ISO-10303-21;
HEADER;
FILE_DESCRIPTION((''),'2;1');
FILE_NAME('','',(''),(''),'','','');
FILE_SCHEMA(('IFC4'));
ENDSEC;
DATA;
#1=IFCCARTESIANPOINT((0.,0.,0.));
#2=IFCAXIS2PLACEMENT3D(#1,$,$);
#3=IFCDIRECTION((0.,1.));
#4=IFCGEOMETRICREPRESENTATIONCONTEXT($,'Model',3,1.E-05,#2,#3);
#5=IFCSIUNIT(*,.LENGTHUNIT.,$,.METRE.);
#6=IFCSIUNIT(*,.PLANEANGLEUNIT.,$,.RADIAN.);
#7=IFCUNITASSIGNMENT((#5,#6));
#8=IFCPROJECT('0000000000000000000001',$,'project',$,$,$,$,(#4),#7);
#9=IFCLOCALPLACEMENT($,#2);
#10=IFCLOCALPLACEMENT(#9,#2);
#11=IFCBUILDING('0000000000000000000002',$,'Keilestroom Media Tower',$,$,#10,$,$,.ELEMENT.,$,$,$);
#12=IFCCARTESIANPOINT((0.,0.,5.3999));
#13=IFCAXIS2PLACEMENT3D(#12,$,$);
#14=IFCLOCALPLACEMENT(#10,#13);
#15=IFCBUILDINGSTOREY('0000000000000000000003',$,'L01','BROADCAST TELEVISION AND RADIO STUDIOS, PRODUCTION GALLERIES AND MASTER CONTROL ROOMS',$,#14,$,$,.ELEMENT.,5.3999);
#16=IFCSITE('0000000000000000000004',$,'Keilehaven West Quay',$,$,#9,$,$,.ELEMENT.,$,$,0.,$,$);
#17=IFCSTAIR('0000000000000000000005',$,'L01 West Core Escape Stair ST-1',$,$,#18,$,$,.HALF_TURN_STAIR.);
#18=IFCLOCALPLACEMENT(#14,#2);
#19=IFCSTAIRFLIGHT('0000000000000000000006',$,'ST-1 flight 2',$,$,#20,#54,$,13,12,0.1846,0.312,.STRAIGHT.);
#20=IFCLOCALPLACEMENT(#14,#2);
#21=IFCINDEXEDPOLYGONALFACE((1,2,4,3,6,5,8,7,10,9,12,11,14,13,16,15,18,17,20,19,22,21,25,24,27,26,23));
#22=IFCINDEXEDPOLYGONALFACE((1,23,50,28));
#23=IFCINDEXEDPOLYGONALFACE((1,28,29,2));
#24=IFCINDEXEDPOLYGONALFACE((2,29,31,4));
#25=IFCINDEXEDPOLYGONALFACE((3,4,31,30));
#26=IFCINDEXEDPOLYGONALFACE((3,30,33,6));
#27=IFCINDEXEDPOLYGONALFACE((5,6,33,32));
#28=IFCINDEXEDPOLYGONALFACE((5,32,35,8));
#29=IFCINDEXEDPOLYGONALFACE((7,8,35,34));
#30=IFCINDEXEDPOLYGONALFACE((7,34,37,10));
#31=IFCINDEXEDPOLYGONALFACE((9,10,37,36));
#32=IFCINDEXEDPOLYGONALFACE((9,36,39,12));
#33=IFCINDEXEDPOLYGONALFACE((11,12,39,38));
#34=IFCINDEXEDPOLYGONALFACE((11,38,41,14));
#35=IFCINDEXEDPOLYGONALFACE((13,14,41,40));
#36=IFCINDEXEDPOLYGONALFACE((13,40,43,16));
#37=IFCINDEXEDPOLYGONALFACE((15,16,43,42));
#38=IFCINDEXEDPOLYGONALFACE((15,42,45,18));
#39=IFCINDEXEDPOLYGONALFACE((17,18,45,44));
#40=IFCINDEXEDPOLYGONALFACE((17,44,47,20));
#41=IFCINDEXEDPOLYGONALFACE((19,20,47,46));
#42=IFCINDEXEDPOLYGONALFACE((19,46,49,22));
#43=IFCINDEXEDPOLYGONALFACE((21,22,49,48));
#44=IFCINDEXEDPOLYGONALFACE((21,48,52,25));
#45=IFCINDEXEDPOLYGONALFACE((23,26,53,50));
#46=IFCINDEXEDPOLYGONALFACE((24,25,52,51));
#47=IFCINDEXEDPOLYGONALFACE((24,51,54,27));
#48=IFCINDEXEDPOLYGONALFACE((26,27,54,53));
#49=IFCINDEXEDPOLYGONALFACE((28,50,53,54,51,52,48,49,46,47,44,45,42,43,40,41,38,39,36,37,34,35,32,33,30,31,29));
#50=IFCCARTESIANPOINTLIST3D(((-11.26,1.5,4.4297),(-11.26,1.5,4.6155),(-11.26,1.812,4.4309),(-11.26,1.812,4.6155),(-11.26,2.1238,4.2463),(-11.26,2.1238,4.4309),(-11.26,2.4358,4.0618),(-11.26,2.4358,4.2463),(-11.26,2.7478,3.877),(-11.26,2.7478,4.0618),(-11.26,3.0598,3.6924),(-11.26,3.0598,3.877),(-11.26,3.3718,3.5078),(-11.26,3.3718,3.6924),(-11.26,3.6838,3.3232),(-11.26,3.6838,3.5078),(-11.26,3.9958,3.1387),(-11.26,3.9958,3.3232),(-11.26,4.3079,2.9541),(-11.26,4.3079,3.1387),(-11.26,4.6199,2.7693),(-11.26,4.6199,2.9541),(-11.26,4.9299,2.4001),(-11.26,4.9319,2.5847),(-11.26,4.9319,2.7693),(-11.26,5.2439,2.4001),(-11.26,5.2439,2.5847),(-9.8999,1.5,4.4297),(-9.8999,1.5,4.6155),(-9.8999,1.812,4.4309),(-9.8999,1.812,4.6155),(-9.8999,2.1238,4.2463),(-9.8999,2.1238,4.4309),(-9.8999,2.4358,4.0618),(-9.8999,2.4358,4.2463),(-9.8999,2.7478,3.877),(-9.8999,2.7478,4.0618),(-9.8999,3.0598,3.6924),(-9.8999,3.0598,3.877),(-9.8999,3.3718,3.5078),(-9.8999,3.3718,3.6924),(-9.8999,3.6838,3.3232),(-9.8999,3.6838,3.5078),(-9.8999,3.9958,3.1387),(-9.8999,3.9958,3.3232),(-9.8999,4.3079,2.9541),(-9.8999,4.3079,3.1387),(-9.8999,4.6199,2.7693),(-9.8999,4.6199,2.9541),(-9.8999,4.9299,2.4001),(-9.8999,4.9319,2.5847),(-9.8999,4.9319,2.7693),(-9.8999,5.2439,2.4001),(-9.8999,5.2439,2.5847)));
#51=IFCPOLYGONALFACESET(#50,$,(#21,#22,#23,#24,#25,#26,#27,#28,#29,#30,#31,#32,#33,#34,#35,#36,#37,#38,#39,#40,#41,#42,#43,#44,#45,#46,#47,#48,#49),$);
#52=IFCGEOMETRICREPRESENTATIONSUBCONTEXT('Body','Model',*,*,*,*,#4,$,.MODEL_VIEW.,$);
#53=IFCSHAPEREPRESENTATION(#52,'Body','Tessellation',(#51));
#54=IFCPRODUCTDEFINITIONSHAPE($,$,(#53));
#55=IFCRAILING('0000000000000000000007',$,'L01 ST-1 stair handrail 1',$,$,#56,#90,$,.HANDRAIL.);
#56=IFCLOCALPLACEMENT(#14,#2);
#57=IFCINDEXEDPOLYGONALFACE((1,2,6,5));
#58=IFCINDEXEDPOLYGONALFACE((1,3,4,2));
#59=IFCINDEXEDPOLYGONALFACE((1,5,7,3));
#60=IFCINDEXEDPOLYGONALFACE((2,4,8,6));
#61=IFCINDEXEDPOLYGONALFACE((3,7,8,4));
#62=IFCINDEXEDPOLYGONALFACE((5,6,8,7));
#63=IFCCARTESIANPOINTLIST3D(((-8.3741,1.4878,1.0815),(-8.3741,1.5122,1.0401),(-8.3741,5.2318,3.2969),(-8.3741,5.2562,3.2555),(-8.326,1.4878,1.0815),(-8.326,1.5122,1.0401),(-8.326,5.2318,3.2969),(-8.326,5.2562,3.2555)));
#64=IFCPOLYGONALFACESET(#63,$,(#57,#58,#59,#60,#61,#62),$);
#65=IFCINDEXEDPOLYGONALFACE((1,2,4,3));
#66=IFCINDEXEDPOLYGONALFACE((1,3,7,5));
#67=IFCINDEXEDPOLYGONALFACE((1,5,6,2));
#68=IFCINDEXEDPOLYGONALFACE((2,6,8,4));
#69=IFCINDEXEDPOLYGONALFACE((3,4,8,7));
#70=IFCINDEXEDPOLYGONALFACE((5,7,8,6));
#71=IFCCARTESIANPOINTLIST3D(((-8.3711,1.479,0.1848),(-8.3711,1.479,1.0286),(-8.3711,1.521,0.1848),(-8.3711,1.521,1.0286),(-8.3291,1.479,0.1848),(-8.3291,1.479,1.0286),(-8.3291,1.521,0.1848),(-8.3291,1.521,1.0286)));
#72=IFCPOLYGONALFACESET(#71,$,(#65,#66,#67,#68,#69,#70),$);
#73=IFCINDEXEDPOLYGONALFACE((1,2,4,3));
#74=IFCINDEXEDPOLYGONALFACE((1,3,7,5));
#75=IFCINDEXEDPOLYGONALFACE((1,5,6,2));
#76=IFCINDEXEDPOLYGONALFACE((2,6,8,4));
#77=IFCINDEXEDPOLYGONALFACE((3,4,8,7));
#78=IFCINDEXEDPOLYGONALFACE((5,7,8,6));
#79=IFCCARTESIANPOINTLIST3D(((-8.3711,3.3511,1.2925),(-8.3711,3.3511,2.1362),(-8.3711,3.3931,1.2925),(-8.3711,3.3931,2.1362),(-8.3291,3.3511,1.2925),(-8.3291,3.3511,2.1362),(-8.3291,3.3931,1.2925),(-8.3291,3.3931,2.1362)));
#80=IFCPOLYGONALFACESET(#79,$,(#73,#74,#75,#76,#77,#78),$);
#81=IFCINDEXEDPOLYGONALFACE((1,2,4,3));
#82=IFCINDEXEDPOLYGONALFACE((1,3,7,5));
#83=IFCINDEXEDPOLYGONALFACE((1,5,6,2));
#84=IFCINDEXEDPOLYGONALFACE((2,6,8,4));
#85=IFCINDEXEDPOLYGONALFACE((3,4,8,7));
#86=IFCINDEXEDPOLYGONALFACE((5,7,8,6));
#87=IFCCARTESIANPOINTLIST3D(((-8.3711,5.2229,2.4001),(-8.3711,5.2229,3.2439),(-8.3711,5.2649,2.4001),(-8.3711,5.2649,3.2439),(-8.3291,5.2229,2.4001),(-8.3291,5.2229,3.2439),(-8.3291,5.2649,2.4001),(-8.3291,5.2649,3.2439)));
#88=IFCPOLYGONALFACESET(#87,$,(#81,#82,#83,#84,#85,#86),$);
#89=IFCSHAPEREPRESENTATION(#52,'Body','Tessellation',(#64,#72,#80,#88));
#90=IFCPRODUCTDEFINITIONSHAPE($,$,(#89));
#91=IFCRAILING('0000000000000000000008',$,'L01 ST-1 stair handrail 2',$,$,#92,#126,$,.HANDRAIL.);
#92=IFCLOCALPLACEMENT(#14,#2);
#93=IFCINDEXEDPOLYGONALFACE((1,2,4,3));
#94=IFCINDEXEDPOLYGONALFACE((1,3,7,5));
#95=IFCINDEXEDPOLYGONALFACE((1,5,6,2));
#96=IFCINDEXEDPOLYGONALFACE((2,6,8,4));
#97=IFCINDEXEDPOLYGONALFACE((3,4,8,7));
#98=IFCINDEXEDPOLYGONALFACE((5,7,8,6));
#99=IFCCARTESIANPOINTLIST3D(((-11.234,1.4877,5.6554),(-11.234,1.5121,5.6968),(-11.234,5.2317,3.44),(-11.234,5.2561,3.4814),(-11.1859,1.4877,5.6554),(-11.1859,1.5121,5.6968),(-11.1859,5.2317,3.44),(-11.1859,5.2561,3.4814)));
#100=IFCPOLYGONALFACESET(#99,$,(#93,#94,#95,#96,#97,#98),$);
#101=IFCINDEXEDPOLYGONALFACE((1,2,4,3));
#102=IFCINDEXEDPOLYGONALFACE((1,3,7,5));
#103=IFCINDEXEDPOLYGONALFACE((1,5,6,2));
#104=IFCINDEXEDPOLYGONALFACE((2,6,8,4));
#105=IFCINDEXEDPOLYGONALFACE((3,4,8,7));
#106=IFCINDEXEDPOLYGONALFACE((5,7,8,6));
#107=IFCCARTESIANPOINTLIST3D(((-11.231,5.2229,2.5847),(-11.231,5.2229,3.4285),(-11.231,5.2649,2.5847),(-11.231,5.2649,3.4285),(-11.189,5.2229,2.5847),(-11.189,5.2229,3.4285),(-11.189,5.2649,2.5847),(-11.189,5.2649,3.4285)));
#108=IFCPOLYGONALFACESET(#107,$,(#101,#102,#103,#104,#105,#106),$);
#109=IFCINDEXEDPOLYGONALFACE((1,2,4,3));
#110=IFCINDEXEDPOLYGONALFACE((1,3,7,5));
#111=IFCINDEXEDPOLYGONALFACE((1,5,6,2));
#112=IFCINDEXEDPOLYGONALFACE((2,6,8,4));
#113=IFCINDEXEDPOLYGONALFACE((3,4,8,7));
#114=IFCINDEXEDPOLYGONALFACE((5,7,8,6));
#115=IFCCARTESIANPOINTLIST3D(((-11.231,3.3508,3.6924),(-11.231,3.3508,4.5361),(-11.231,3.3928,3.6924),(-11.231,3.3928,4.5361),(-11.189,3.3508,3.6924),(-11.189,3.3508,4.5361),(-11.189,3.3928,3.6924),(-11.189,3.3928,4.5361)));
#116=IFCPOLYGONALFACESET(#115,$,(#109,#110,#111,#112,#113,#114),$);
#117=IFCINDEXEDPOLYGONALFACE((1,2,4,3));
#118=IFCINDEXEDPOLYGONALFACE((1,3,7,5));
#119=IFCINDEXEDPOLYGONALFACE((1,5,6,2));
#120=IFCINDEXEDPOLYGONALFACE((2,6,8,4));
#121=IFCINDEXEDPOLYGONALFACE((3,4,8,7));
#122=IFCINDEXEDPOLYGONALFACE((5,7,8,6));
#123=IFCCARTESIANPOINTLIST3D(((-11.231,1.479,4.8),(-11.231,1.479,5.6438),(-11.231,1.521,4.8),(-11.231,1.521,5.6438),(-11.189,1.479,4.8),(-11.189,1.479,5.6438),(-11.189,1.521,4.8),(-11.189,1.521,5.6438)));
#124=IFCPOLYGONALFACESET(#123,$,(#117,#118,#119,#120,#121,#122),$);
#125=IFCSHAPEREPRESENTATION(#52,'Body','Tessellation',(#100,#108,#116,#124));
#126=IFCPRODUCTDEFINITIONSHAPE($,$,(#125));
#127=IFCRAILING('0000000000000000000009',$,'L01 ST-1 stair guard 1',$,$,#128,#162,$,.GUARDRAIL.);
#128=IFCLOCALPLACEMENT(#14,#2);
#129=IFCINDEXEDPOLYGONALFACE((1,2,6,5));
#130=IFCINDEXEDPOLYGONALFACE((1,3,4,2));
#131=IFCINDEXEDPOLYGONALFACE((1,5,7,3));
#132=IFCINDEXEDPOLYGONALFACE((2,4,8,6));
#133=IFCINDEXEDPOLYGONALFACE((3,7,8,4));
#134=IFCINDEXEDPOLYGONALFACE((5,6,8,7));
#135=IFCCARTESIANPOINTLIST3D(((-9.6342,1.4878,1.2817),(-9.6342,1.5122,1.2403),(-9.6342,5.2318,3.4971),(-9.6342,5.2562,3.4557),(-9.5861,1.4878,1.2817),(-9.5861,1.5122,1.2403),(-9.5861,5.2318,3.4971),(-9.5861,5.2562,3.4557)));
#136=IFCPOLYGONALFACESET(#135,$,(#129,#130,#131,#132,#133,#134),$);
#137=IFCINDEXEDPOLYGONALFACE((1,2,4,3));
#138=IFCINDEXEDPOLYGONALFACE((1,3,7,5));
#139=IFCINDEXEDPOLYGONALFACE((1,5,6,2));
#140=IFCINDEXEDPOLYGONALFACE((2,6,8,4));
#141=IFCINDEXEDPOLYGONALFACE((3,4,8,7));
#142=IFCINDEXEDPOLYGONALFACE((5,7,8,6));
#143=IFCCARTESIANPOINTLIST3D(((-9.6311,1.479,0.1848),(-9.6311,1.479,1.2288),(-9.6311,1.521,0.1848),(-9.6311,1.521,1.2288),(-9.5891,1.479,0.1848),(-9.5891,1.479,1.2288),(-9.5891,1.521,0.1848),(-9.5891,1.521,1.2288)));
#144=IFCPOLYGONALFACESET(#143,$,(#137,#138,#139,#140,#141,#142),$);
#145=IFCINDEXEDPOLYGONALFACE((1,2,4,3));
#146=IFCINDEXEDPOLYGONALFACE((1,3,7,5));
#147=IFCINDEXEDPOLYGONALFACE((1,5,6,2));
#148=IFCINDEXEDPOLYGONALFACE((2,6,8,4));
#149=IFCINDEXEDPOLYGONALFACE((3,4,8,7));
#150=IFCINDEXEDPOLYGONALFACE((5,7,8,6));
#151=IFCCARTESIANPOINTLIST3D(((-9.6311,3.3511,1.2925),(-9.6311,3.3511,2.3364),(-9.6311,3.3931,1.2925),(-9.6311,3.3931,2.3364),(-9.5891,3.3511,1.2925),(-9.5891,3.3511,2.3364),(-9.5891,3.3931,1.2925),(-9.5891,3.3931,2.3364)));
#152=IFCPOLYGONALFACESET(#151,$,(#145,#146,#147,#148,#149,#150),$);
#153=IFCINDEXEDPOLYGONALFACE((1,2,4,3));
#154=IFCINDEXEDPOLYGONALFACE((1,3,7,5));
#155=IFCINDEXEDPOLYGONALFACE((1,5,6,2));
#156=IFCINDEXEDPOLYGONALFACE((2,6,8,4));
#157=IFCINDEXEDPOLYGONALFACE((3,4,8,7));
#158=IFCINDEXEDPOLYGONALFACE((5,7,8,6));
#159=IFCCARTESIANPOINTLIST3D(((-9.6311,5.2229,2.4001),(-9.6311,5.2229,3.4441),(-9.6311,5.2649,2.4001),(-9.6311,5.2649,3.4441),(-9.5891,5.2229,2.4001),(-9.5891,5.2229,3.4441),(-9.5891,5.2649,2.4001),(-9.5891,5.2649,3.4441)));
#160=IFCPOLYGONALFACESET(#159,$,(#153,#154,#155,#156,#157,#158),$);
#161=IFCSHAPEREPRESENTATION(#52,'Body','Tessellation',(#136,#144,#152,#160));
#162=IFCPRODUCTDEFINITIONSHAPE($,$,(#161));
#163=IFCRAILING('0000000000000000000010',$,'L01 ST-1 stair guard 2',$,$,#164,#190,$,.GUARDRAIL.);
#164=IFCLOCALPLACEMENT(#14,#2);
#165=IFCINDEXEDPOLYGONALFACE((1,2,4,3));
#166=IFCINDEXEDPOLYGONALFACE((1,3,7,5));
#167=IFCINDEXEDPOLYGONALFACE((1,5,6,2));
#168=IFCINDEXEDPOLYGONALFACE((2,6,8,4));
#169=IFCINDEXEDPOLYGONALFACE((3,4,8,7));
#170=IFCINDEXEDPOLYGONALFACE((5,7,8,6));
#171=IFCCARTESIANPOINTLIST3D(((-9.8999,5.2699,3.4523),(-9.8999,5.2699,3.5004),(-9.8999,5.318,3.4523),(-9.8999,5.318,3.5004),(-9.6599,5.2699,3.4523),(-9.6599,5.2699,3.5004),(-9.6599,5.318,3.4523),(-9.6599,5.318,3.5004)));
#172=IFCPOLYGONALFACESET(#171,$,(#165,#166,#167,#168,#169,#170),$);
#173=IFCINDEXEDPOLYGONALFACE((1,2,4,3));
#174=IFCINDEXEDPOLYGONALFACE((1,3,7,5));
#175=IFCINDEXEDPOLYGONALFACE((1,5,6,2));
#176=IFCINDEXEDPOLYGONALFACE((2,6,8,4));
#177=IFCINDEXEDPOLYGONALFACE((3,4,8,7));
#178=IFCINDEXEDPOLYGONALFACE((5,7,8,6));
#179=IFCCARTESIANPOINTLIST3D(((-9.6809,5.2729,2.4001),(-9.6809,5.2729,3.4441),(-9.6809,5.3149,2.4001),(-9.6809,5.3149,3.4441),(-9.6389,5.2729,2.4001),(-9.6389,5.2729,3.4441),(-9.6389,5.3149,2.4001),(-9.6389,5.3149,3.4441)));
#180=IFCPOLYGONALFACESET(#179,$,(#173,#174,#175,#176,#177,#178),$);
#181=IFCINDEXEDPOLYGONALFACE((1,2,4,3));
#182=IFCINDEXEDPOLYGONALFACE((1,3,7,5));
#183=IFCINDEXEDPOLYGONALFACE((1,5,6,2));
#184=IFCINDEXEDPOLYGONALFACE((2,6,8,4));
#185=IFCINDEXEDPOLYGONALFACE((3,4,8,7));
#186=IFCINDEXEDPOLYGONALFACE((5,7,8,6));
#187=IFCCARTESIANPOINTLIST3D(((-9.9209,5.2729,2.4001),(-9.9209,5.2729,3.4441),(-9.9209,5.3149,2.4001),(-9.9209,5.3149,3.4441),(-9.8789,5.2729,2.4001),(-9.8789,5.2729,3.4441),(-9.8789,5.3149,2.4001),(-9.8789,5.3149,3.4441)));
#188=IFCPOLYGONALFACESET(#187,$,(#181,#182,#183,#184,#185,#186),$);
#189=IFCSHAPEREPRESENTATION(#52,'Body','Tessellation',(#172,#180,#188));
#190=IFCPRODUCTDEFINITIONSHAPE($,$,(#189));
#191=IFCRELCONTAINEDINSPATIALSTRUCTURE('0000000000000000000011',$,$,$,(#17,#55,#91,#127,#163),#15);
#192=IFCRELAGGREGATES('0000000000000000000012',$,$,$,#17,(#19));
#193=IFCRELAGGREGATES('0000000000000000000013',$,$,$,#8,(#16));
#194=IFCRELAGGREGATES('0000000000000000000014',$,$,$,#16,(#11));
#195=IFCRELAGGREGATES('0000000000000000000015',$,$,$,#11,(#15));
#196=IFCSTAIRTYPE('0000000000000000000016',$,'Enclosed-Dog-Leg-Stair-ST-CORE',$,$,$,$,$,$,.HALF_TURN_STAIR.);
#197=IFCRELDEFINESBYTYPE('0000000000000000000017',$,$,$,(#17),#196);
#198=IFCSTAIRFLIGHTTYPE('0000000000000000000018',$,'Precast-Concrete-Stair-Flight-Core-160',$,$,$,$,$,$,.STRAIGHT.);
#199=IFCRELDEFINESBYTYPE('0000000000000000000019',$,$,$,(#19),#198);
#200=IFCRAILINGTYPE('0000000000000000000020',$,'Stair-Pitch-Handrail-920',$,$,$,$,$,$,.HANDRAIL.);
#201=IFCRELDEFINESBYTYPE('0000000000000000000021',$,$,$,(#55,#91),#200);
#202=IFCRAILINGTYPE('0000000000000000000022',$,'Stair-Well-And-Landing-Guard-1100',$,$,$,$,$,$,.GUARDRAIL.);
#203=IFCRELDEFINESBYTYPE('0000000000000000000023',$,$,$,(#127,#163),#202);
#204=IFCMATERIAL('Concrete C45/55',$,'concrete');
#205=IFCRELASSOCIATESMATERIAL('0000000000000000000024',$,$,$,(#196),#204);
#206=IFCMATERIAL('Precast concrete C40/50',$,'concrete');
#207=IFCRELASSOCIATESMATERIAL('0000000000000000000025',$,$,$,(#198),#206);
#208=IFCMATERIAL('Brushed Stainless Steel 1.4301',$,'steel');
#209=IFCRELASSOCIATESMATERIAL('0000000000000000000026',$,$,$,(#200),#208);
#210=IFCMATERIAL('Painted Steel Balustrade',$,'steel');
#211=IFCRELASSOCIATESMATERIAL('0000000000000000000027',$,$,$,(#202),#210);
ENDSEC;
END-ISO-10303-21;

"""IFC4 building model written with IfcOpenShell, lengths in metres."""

from ifc_helpers import new_model, si_unit, direction, frame, origin, origin_2d, place, context, subcontext, project, spatial, polyline, rectangle, outline, extrude, material, type_object, element, aggregate, save


model = new_model("IFC4")

# Units and contexts
model_context = context("Model", 3, precision=1e-05, world=origin(), true_north=direction((0.0, 1.0)))
body_context = subcontext(model_context, "Body", "Model", "MODEL_VIEW")
ifc_project = project(units=[si_unit("LENGTHUNIT", "METRE"), si_unit("PLANEANGLEUNIT", "RADIAN")], contexts=[model_context])

# Site, building, storey
site_placement = place(None, origin())
site = spatial("IfcSite", under=ifc_project, at=site_placement, Name="Keilehaven West Quay", CompositionType="ELEMENT", RefElevation=0.0)
building_placement = place(site_placement, origin())
building = spatial("IfcBuilding", under=site, at=building_placement, Name="Keilestroom Media Tower", CompositionType="ELEMENT")
storey_placement = place(building_placement, frame((0.0, 0.0, 5.3999)))
storey = spatial("IfcBuildingStorey", under=building, at=storey_placement, Name="L01", Description="BROADCAST TELEVISION AND RADIO STUDIOS, PRODUCTION GALLERIES AND MASTER CONTROL ROOMS", CompositionType="ELEMENT", Elevation=5.3999)

# Shared definitions
ifc_material_1 = material(Name="Concrete C45/55", Category="concrete")

# Stair, stair flight
stair_type = type_object("IfcStairType", Name="Enclosed-Dog-Leg-Stair-ST-CORE", PredefinedType="HALF_TURN_STAIR", material=ifc_material_1)
stair_placement = place(storey_placement, origin())
stair = element("IfcStair", 1, at=stair_placement, inside=storey, type_object=stair_type, Name="L01 West Core Escape Stair ST-1", PredefinedType="HALF_TURN_STAIR")
ifc_material_2 = material(Name="Precast concrete C40/50", Category="concrete")
stair_flight_type = type_object("IfcStairFlightType", Name="Precast-Concrete-Stair-Flight-Core-160", PredefinedType="STRAIGHT", material=ifc_material_2)
stair_flight_1_placement = place(storey_placement, frame((-10.5801, 5.2439, 2.4001), z_axis=(0.0, 0.0, 1.0), x_axis=(0.0, -1.0, 0.0)))
stair_flight_1 = element("IfcStairFlight", 2, at=stair_flight_1_placement, type_object=stair_flight_type, Name="ST-1 flight 2", NumberOfRisers=13, NumberOfTreads=12, PredefinedType="STRAIGHT", RiserHeight=0.1846, TreadLength=0.312, context=body_context, shape_type="SweptSolid", body=[
    extrude(outline(polyline([(0.0, 0.0), (0.0, 0.1846), (0.312, 0.1846), (0.312, 0.3691), (0.624, 0.3691), (0.624, 0.554), (0.936, 0.554), (0.936, 0.7385), (1.248, 0.7385), (1.248, 0.9231), (1.5601, 0.9231), (1.5601, 1.1077), (1.8721, 1.1077), (1.8721, 1.2922), (2.1841, 1.2922), (2.1841, 1.4768), (2.4961, 1.4768), (2.4961, 1.6616), (2.8081, 1.6616), (2.8081, 1.8462), (3.1201, 1.8462), (3.1201, 2.0308), (3.4319, 2.0308), (3.4319, 2.2153), (3.7439, 2.2153), (3.7439, 2.3999), (3.7439, 2.0295), (0.314, 0.0), (0.0, 0.0)])), frame((0.0, 0.6802, 0.0), z_axis=(0.0, -1.0, 0.0), x_axis=(1.0, 0.0, 0.0)), (0.0, 0.0, 1.0), 1.3601),
])
aggregate(stair, [stair_flight_1])

# Railings
ifc_material_3 = material(Name="Brushed Stainless Steel 1.4301", Category="steel")
railing_type_1 = type_object("IfcRailingType", Name="Stair-Pitch-Handrail-920", PredefinedType="HANDRAIL", material=ifc_material_3)
railing_1_placement = place(storey_placement, frame((-8.3501, 1.5, 0.1848)))
element("IfcRailing", 3, at=railing_1_placement, inside=storey, type_object=railing_type_1, Name="L01 ST-1 stair handrail 1", PredefinedType="HANDRAIL", context=body_context, shape_type="SweptSolid", body=[
    extrude(rectangle(XDim=0.0481, YDim=0.0481, at=origin_2d()), frame((0.0, 0.0, 0.876), z_axis=(0.0, 0.860621, 0.509245), x_axis=(-1.0, 0.0, 0.0)), (0.0, 0.0, 1.0), 4.3503),
    extrude(rectangle(XDim=0.042, YDim=0.042, at=origin_2d()), origin(), (0.0, 0.0, 1.0), 0.8438),
    extrude(rectangle(XDim=0.042, YDim=0.042, at=origin_2d()), frame((0.0, 1.8721, 1.1077)), (0.0, 0.0, 1.0), 0.8438),
    extrude(rectangle(XDim=0.042, YDim=0.042, at=origin_2d()), frame((0.0, 3.7439, 2.2153)), (0.0, 0.0, 1.0), 0.8438),
])
railing_2_placement = place(storey_placement, frame((-11.21, 5.2439, 2.5847)))
element("IfcRailing", 4, at=railing_2_placement, inside=storey, type_object=railing_type_1, Name="L01 ST-1 stair handrail 2", PredefinedType="HANDRAIL", context=body_context, shape_type="SweptSolid", body=[
    extrude(rectangle(XDim=0.0481, YDim=0.0481, at=origin_2d()), frame((0.0, 0.0, 0.876), z_axis=(0.0, -0.860621, 0.509245), x_axis=(1.0, 0.0, 0.0)), (0.0, 0.0, 1.0), 4.3503),
    extrude(rectangle(XDim=0.042, YDim=0.042, at=origin_2d()), origin(), (0.0, 0.0, 1.0), 0.8438),
    extrude(rectangle(XDim=0.042, YDim=0.042, at=origin_2d()), frame((0.0, -1.8721, 1.1077)), (0.0, 0.0, 1.0), 0.8438),
    extrude(rectangle(XDim=0.042, YDim=0.042, at=origin_2d()), frame((0.0, -3.7439, 2.2153)), (0.0, 0.0, 1.0), 0.8438),
])
ifc_material_4 = material(Name="Painted Steel Balustrade", Category="steel")
railing_type_2 = type_object("IfcRailingType", Name="Stair-Well-And-Landing-Guard-1100", PredefinedType="GUARDRAIL", material=ifc_material_4)
railing_3_placement = place(storey_placement, frame((-9.6101, 1.5, 0.1848)))
element("IfcRailing", 5, at=railing_3_placement, inside=storey, type_object=railing_type_2, Name="L01 ST-1 stair guard 1", PredefinedType="GUARDRAIL", context=body_context, shape_type="SweptSolid", body=[
    extrude(rectangle(XDim=0.0481, YDim=0.0481, at=origin_2d()), frame((0.0, 0.0, 1.0762), z_axis=(0.0, 0.860621, 0.509245), x_axis=(-1.0, 0.0, 0.0)), (0.0, 0.0, 1.0), 4.3503),
    extrude(rectangle(XDim=0.042, YDim=0.042, at=origin_2d()), origin(), (0.0, 0.0, 1.0), 1.0439),
    extrude(rectangle(XDim=0.042, YDim=0.042, at=origin_2d()), frame((0.0, 1.8721, 1.1077)), (0.0, 0.0, 1.0), 1.0439),
    extrude(rectangle(XDim=0.042, YDim=0.042, at=origin_2d()), frame((0.0, 3.7439, 2.2153)), (0.0, 0.0, 1.0), 1.0439),
])
railing_4_placement = place(storey_placement, frame((-9.6599, 5.2939, 2.4001)))
element("IfcRailing", 6, at=railing_4_placement, inside=storey, type_object=railing_type_2, Name="L01 ST-1 stair guard 2", PredefinedType="GUARDRAIL", context=body_context, shape_type="SweptSolid", body=[
    extrude(rectangle(XDim=0.0481, YDim=0.0481, at=origin_2d()), frame((0.0, 0.0, 1.0762), z_axis=(-1.0, 0.0, 0.0), x_axis=(0.0, -1.0, 0.0)), (0.0, 0.0, 1.0), 0.24),
    extrude(rectangle(XDim=0.042, YDim=0.042, at=origin_2d()), origin(), (0.0, 0.0, 1.0), 1.0439),
    extrude(rectangle(XDim=0.042, YDim=0.042, at=origin_2d()), frame((-0.24, 0.0, 0.0)), (0.0, 0.0, 1.0), 1.0439),
])

save(model, "model.ifc")
